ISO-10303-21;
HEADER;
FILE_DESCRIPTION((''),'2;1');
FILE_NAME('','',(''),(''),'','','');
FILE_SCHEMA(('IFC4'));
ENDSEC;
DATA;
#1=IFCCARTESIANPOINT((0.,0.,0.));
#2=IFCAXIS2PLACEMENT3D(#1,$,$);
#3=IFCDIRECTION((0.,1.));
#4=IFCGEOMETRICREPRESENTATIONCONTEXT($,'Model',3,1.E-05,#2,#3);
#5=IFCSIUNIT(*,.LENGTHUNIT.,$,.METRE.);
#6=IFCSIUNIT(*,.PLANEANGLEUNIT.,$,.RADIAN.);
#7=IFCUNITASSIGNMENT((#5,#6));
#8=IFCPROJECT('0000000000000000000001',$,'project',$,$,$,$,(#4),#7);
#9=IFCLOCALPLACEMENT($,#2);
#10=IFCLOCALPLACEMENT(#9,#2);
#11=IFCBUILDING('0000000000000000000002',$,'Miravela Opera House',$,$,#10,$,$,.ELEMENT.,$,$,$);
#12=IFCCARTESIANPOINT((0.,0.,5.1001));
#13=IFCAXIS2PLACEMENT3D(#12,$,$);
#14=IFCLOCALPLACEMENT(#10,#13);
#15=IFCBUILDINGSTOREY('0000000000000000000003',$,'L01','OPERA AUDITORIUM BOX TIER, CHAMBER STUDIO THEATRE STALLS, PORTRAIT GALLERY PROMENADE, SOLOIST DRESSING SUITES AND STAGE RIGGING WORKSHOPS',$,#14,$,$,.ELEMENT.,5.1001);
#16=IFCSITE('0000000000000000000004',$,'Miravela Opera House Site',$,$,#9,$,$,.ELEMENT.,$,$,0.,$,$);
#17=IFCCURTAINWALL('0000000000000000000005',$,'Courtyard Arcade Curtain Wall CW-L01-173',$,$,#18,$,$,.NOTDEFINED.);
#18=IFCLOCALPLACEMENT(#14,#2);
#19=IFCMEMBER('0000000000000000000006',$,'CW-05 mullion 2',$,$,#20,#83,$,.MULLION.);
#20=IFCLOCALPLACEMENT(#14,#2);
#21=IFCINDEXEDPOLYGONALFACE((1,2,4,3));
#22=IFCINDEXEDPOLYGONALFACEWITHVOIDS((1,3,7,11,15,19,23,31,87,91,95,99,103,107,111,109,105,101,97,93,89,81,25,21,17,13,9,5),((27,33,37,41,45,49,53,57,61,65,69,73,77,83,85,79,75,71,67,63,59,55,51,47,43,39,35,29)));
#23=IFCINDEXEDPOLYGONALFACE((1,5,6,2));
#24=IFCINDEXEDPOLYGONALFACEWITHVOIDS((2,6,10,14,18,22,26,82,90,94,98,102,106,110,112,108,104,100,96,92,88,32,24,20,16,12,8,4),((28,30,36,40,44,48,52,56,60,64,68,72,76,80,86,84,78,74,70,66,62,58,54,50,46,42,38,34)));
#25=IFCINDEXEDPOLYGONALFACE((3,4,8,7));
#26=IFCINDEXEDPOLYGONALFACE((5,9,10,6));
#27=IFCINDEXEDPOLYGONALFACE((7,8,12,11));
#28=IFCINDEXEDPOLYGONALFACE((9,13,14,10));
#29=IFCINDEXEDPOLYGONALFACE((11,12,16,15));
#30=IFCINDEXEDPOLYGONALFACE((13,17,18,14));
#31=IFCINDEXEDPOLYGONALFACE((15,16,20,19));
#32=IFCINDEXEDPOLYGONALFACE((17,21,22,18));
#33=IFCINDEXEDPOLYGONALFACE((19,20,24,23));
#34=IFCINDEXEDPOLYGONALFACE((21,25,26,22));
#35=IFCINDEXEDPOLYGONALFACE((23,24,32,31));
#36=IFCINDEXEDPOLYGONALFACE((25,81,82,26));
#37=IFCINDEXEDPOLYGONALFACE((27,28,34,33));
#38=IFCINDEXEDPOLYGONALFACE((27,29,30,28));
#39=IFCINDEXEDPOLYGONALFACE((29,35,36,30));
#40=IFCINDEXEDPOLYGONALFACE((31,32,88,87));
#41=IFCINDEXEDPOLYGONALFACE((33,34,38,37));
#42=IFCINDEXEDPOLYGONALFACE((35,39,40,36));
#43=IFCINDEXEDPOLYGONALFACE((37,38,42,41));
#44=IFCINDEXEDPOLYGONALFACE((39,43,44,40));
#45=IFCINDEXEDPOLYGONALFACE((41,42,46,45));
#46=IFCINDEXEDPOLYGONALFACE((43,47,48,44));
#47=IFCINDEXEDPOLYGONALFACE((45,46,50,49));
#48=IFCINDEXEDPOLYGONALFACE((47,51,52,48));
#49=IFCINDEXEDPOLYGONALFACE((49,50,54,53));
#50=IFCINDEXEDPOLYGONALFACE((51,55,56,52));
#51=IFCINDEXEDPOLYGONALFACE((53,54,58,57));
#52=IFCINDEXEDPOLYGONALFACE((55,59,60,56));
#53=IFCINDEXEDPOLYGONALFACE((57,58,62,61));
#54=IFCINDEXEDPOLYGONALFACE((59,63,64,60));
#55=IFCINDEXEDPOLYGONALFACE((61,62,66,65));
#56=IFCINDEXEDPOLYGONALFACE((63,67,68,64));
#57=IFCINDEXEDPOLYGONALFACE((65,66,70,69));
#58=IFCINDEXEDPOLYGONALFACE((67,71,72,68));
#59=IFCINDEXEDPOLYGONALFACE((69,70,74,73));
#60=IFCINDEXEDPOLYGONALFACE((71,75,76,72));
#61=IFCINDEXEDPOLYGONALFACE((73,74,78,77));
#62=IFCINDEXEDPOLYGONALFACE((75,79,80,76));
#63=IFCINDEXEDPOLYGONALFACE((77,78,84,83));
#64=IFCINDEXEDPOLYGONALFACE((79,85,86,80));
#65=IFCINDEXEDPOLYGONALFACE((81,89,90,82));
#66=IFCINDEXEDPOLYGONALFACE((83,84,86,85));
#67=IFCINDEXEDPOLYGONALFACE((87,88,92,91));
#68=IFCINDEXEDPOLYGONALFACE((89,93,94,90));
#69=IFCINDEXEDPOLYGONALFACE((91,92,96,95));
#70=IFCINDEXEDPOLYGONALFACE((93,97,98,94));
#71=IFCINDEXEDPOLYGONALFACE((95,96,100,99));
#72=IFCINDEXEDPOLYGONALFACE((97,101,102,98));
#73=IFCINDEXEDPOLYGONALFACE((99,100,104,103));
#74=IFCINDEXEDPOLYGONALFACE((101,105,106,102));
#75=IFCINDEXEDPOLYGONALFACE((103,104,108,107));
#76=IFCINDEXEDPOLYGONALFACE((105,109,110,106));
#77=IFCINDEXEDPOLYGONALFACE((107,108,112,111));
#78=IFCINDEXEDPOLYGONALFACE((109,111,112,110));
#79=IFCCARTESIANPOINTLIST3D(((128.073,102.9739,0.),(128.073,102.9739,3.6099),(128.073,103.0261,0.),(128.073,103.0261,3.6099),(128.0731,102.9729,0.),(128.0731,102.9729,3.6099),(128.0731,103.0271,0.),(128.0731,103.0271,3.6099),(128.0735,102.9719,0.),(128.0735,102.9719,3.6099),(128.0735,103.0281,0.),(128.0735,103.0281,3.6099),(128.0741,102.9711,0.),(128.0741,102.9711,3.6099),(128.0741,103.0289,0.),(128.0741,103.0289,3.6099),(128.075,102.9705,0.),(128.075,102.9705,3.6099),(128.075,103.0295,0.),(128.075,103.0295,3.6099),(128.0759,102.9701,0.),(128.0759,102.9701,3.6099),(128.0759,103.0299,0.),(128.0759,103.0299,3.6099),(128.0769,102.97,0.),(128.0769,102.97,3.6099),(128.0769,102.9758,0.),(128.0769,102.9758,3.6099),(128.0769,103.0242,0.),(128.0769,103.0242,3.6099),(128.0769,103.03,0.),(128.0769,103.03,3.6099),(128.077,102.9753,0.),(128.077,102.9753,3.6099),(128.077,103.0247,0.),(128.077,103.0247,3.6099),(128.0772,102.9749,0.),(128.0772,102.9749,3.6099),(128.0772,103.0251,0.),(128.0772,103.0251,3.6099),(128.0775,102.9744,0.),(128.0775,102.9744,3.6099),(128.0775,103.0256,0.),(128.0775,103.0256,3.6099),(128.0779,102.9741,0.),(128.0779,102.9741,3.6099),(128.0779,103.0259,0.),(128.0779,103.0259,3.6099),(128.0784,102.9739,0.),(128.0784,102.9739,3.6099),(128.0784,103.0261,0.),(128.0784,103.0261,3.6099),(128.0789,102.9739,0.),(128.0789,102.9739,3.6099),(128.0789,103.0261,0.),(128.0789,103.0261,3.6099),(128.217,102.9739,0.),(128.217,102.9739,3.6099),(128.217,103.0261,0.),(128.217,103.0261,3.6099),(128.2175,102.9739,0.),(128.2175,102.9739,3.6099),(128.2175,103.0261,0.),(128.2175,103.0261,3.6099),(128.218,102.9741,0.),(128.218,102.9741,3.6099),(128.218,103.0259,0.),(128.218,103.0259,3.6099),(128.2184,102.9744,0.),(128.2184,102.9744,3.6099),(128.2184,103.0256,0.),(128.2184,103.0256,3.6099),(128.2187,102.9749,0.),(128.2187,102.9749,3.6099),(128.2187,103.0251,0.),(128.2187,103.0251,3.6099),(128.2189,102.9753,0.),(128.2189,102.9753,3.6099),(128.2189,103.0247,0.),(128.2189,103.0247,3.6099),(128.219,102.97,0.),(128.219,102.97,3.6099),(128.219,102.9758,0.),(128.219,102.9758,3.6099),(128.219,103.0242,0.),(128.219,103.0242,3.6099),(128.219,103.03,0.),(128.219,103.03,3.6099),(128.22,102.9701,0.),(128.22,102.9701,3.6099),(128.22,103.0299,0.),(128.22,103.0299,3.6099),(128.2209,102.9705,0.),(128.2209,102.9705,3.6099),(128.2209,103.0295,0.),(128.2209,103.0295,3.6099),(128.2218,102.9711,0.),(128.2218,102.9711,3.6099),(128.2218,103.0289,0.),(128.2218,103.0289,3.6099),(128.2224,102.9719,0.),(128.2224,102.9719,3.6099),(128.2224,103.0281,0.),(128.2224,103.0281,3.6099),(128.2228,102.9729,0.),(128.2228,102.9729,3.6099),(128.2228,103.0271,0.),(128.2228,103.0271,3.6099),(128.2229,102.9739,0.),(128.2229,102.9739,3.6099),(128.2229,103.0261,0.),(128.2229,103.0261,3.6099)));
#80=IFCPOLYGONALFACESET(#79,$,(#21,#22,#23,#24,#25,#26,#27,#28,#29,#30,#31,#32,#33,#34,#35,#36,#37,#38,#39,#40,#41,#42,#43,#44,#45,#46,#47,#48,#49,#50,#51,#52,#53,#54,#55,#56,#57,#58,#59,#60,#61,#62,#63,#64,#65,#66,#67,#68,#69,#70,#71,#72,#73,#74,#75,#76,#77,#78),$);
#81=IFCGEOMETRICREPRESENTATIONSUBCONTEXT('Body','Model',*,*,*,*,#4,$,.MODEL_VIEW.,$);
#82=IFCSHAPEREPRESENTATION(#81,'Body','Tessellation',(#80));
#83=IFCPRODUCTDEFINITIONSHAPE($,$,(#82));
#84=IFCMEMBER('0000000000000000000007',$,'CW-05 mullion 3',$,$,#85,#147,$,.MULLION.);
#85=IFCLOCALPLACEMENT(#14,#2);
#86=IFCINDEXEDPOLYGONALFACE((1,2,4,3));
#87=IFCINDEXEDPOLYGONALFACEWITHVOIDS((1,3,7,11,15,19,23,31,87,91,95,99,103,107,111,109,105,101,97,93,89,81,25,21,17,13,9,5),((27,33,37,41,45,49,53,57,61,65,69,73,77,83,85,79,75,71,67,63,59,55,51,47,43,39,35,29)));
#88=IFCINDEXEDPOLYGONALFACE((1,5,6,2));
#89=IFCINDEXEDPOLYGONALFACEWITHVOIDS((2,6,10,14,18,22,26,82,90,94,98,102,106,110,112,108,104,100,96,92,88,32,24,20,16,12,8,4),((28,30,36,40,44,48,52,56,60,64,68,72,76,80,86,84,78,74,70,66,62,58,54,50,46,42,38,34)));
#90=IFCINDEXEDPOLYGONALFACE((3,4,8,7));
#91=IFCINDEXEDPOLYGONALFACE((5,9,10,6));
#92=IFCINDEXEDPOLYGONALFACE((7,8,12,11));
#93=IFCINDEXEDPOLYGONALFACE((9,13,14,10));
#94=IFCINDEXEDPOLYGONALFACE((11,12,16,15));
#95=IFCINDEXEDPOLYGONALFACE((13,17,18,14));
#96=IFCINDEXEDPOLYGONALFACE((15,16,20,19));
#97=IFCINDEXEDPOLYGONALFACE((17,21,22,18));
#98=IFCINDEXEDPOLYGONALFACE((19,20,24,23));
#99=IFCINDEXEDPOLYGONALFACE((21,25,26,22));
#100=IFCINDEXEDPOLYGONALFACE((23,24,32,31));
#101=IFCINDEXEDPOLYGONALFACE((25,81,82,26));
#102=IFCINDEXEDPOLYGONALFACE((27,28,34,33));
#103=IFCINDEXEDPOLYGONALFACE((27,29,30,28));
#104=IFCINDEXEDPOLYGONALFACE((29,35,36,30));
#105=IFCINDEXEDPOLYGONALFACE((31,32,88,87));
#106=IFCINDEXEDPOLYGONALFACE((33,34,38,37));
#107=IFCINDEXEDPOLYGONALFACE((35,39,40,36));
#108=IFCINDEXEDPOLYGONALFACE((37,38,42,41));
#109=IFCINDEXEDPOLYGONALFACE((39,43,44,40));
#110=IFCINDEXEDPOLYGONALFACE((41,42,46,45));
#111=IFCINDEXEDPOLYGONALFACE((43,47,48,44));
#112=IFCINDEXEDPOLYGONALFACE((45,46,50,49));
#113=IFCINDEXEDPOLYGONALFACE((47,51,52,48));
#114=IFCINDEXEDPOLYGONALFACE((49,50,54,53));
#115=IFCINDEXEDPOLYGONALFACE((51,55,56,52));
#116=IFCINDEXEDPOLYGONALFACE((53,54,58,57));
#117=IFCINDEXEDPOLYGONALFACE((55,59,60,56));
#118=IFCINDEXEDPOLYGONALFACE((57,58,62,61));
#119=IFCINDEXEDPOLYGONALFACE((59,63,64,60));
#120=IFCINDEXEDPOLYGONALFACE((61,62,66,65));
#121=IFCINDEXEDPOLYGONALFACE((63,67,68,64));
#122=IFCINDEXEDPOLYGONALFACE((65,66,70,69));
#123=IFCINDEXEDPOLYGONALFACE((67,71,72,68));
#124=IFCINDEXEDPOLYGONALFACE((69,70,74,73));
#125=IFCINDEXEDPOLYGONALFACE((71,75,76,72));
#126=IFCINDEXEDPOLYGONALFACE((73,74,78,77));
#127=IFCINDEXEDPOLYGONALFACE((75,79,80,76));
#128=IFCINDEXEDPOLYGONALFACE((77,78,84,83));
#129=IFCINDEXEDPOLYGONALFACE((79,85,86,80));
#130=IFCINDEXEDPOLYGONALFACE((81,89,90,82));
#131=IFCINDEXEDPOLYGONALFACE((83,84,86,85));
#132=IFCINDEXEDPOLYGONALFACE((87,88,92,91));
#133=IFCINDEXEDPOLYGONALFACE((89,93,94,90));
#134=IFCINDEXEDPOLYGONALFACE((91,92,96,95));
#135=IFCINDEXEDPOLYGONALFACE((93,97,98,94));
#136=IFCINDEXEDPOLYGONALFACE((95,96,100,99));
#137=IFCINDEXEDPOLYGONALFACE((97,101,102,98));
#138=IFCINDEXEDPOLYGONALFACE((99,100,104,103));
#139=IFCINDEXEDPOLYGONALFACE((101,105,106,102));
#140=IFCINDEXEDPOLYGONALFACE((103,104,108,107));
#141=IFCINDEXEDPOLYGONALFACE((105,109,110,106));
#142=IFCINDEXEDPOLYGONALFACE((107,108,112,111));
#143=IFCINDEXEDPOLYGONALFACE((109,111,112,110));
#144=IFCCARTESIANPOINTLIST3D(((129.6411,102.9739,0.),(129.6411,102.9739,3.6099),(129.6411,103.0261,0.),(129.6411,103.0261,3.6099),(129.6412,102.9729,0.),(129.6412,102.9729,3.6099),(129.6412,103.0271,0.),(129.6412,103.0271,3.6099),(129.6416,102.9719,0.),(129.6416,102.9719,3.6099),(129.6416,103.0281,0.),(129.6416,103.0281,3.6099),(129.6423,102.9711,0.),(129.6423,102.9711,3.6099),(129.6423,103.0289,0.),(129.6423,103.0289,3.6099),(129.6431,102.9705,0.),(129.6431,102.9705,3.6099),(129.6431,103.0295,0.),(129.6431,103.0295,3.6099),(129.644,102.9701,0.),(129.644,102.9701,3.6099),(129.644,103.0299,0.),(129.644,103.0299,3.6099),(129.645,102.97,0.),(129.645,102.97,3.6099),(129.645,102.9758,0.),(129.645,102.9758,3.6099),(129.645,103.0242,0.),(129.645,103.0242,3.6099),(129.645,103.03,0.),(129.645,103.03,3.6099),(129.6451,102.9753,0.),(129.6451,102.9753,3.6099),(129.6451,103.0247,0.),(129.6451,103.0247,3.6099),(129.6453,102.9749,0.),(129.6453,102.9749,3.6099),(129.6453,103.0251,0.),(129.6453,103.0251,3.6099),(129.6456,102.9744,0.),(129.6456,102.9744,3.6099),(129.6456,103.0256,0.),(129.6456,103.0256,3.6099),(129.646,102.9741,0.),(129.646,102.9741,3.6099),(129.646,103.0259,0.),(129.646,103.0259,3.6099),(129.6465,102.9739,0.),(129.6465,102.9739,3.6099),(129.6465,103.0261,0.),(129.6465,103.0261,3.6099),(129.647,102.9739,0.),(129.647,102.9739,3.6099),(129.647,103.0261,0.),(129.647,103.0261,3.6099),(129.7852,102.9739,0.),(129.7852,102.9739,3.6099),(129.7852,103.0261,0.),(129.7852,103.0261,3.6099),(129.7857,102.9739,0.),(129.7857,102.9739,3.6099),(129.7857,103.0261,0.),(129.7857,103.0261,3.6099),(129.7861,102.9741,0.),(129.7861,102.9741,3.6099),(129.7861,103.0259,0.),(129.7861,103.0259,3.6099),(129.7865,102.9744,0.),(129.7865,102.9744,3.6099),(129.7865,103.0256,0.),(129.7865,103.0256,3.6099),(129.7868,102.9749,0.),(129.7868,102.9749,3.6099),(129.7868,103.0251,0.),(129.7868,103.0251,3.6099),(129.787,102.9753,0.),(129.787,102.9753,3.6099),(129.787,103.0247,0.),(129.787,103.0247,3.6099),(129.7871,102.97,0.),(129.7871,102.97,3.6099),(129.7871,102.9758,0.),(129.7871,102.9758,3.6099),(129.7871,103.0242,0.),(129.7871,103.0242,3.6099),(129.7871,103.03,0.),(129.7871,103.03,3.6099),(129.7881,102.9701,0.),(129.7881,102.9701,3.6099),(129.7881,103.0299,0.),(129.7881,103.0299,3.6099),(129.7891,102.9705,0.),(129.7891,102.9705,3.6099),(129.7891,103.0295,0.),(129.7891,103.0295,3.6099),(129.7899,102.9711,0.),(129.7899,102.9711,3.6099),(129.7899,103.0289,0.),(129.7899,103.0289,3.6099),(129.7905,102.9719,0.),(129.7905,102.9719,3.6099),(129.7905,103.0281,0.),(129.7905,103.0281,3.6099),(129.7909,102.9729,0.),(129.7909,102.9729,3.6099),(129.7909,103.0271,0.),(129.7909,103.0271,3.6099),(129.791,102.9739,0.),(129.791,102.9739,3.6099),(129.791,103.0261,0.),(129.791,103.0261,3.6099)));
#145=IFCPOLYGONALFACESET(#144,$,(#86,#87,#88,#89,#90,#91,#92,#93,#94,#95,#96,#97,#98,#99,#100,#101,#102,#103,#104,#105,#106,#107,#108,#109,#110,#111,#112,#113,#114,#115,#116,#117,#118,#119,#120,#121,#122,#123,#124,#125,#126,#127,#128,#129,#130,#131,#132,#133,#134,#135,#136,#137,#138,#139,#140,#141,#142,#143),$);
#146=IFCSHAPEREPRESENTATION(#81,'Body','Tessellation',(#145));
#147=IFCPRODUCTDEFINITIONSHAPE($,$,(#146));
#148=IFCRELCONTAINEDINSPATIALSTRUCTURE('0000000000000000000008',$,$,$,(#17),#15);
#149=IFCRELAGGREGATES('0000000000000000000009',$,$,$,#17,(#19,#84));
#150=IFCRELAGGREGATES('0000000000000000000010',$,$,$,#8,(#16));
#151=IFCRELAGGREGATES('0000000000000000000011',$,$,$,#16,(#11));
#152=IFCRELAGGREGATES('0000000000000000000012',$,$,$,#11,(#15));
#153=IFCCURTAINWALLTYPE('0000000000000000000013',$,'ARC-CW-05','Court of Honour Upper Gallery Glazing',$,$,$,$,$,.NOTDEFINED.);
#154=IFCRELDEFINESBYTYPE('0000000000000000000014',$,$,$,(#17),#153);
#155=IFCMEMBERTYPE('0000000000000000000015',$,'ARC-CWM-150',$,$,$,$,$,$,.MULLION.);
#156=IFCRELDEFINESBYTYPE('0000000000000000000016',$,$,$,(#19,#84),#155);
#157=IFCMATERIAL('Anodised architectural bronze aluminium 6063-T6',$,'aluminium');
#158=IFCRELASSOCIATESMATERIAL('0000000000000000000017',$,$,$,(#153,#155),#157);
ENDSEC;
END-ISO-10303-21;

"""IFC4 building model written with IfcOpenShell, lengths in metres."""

from ifc_helpers import new_model, si_unit, direction, frame, origin, origin_2d, place, context, subcontext, project, spatial, hollow_rectangle, extrude, material, material_profile, profile_set, type_object, element, aggregate, save


model = new_model("IFC4")

# Units and contexts
model_context = context("Model", 3, precision=1e-05, world=origin(), true_north=direction((0.0, 1.0)))
body_context = subcontext(model_context, "Body", "Model", "MODEL_VIEW")
ifc_project = project(units=[si_unit("LENGTHUNIT", "METRE"), si_unit("PLANEANGLEUNIT", "RADIAN")], contexts=[model_context])

# Site, building, storey
site_placement = place(None, origin())
site = spatial("IfcSite", under=ifc_project, at=site_placement, Name="Miravela Opera House Site", CompositionType="ELEMENT", RefElevation=0.0)
building_placement = place(site_placement, origin())
building = spatial("IfcBuilding", under=site, at=building_placement, Name="Miravela Opera House", CompositionType="ELEMENT")
storey_placement = place(building_placement, frame((0.0, 0.0, 5.1001)))
storey = spatial("IfcBuildingStorey", under=building, at=storey_placement, Name="L01", Description="OPERA AUDITORIUM BOX TIER, CHAMBER STUDIO THEATRE STALLS, PORTRAIT GALLERY PROMENADE, SOLOIST DRESSING SUITES AND STAGE RIGGING WORKSHOPS", CompositionType="ELEMENT", Elevation=5.1001)

# Shared definitions
ifc_material_1 = material(Name="Anodised architectural bronze aluminium 6063-T6", Category="aluminium")
curtain_wall_type = type_object("IfcCurtainWallType", Name="ARC-CW-05", Description="Court of Honour Upper Gallery Glazing", PredefinedType="NOTDEFINED", material=ifc_material_1)
ifc_material_profile_1 = material_profile(ifc_material_1, hollow_rectangle(XDim=0.0601, YDim=0.1499, WallThickness=0.0039, InnerFilletRadius=0.002, OuterFilletRadius=0.0039, at=origin_2d()), Name="CWM-60X150")
ifc_profile_set_1 = profile_set([ifc_material_profile_1])
member_type_1 = type_object("IfcMemberType", Name="ARC-CWM-150", PredefinedType="MULLION", material=ifc_profile_set_1)

# Curtain wall, members
curtain_wall_1_placement = place(storey_placement, origin())
curtain_wall_1 = element("IfcCurtainWall", 1, at=curtain_wall_1_placement, inside=storey, type_object=curtain_wall_type, Name="Courtyard Arcade Curtain Wall CW-L01-173", PredefinedType="NOTDEFINED")
member_1_placement = place(storey_placement, frame((128.1479, 103.0, 0.0), z_axis=(0.0, 0.0, 1.0), x_axis=(0.0, 1.0, 0.0)))
member_1 = element("IfcMember", 2, at=member_1_placement, type_object=member_type_1, Name="CW-05 mullion 2", PredefinedType="MULLION", context=body_context, shape_type="SweptSolid", body=[
    extrude(hollow_rectangle(XDim=0.0601, YDim=0.1499, WallThickness=0.0039, InnerFilletRadius=0.002, OuterFilletRadius=0.0039, at=origin_2d()), origin(), (0.0, 0.0, 1.0), 3.6099),
])
member_2_placement = place(storey_placement, frame((129.7161, 103.0, 0.0), z_axis=(0.0, 0.0, 1.0), x_axis=(0.0, 1.0, 0.0)))
member_2 = element("IfcMember", 3, at=member_2_placement, type_object=member_type_1, Name="CW-05 mullion 3", PredefinedType="MULLION", context=body_context, shape_type="SweptSolid", body=[
    extrude(hollow_rectangle(XDim=0.0601, YDim=0.1499, WallThickness=0.0039, InnerFilletRadius=0.002, OuterFilletRadius=0.0039, at=origin_2d()), origin(), (0.0, 0.0, 1.0), 3.6099),
])

aggregate(curtain_wall_1, [member_1, member_2])

save(model, "model.ifc")
